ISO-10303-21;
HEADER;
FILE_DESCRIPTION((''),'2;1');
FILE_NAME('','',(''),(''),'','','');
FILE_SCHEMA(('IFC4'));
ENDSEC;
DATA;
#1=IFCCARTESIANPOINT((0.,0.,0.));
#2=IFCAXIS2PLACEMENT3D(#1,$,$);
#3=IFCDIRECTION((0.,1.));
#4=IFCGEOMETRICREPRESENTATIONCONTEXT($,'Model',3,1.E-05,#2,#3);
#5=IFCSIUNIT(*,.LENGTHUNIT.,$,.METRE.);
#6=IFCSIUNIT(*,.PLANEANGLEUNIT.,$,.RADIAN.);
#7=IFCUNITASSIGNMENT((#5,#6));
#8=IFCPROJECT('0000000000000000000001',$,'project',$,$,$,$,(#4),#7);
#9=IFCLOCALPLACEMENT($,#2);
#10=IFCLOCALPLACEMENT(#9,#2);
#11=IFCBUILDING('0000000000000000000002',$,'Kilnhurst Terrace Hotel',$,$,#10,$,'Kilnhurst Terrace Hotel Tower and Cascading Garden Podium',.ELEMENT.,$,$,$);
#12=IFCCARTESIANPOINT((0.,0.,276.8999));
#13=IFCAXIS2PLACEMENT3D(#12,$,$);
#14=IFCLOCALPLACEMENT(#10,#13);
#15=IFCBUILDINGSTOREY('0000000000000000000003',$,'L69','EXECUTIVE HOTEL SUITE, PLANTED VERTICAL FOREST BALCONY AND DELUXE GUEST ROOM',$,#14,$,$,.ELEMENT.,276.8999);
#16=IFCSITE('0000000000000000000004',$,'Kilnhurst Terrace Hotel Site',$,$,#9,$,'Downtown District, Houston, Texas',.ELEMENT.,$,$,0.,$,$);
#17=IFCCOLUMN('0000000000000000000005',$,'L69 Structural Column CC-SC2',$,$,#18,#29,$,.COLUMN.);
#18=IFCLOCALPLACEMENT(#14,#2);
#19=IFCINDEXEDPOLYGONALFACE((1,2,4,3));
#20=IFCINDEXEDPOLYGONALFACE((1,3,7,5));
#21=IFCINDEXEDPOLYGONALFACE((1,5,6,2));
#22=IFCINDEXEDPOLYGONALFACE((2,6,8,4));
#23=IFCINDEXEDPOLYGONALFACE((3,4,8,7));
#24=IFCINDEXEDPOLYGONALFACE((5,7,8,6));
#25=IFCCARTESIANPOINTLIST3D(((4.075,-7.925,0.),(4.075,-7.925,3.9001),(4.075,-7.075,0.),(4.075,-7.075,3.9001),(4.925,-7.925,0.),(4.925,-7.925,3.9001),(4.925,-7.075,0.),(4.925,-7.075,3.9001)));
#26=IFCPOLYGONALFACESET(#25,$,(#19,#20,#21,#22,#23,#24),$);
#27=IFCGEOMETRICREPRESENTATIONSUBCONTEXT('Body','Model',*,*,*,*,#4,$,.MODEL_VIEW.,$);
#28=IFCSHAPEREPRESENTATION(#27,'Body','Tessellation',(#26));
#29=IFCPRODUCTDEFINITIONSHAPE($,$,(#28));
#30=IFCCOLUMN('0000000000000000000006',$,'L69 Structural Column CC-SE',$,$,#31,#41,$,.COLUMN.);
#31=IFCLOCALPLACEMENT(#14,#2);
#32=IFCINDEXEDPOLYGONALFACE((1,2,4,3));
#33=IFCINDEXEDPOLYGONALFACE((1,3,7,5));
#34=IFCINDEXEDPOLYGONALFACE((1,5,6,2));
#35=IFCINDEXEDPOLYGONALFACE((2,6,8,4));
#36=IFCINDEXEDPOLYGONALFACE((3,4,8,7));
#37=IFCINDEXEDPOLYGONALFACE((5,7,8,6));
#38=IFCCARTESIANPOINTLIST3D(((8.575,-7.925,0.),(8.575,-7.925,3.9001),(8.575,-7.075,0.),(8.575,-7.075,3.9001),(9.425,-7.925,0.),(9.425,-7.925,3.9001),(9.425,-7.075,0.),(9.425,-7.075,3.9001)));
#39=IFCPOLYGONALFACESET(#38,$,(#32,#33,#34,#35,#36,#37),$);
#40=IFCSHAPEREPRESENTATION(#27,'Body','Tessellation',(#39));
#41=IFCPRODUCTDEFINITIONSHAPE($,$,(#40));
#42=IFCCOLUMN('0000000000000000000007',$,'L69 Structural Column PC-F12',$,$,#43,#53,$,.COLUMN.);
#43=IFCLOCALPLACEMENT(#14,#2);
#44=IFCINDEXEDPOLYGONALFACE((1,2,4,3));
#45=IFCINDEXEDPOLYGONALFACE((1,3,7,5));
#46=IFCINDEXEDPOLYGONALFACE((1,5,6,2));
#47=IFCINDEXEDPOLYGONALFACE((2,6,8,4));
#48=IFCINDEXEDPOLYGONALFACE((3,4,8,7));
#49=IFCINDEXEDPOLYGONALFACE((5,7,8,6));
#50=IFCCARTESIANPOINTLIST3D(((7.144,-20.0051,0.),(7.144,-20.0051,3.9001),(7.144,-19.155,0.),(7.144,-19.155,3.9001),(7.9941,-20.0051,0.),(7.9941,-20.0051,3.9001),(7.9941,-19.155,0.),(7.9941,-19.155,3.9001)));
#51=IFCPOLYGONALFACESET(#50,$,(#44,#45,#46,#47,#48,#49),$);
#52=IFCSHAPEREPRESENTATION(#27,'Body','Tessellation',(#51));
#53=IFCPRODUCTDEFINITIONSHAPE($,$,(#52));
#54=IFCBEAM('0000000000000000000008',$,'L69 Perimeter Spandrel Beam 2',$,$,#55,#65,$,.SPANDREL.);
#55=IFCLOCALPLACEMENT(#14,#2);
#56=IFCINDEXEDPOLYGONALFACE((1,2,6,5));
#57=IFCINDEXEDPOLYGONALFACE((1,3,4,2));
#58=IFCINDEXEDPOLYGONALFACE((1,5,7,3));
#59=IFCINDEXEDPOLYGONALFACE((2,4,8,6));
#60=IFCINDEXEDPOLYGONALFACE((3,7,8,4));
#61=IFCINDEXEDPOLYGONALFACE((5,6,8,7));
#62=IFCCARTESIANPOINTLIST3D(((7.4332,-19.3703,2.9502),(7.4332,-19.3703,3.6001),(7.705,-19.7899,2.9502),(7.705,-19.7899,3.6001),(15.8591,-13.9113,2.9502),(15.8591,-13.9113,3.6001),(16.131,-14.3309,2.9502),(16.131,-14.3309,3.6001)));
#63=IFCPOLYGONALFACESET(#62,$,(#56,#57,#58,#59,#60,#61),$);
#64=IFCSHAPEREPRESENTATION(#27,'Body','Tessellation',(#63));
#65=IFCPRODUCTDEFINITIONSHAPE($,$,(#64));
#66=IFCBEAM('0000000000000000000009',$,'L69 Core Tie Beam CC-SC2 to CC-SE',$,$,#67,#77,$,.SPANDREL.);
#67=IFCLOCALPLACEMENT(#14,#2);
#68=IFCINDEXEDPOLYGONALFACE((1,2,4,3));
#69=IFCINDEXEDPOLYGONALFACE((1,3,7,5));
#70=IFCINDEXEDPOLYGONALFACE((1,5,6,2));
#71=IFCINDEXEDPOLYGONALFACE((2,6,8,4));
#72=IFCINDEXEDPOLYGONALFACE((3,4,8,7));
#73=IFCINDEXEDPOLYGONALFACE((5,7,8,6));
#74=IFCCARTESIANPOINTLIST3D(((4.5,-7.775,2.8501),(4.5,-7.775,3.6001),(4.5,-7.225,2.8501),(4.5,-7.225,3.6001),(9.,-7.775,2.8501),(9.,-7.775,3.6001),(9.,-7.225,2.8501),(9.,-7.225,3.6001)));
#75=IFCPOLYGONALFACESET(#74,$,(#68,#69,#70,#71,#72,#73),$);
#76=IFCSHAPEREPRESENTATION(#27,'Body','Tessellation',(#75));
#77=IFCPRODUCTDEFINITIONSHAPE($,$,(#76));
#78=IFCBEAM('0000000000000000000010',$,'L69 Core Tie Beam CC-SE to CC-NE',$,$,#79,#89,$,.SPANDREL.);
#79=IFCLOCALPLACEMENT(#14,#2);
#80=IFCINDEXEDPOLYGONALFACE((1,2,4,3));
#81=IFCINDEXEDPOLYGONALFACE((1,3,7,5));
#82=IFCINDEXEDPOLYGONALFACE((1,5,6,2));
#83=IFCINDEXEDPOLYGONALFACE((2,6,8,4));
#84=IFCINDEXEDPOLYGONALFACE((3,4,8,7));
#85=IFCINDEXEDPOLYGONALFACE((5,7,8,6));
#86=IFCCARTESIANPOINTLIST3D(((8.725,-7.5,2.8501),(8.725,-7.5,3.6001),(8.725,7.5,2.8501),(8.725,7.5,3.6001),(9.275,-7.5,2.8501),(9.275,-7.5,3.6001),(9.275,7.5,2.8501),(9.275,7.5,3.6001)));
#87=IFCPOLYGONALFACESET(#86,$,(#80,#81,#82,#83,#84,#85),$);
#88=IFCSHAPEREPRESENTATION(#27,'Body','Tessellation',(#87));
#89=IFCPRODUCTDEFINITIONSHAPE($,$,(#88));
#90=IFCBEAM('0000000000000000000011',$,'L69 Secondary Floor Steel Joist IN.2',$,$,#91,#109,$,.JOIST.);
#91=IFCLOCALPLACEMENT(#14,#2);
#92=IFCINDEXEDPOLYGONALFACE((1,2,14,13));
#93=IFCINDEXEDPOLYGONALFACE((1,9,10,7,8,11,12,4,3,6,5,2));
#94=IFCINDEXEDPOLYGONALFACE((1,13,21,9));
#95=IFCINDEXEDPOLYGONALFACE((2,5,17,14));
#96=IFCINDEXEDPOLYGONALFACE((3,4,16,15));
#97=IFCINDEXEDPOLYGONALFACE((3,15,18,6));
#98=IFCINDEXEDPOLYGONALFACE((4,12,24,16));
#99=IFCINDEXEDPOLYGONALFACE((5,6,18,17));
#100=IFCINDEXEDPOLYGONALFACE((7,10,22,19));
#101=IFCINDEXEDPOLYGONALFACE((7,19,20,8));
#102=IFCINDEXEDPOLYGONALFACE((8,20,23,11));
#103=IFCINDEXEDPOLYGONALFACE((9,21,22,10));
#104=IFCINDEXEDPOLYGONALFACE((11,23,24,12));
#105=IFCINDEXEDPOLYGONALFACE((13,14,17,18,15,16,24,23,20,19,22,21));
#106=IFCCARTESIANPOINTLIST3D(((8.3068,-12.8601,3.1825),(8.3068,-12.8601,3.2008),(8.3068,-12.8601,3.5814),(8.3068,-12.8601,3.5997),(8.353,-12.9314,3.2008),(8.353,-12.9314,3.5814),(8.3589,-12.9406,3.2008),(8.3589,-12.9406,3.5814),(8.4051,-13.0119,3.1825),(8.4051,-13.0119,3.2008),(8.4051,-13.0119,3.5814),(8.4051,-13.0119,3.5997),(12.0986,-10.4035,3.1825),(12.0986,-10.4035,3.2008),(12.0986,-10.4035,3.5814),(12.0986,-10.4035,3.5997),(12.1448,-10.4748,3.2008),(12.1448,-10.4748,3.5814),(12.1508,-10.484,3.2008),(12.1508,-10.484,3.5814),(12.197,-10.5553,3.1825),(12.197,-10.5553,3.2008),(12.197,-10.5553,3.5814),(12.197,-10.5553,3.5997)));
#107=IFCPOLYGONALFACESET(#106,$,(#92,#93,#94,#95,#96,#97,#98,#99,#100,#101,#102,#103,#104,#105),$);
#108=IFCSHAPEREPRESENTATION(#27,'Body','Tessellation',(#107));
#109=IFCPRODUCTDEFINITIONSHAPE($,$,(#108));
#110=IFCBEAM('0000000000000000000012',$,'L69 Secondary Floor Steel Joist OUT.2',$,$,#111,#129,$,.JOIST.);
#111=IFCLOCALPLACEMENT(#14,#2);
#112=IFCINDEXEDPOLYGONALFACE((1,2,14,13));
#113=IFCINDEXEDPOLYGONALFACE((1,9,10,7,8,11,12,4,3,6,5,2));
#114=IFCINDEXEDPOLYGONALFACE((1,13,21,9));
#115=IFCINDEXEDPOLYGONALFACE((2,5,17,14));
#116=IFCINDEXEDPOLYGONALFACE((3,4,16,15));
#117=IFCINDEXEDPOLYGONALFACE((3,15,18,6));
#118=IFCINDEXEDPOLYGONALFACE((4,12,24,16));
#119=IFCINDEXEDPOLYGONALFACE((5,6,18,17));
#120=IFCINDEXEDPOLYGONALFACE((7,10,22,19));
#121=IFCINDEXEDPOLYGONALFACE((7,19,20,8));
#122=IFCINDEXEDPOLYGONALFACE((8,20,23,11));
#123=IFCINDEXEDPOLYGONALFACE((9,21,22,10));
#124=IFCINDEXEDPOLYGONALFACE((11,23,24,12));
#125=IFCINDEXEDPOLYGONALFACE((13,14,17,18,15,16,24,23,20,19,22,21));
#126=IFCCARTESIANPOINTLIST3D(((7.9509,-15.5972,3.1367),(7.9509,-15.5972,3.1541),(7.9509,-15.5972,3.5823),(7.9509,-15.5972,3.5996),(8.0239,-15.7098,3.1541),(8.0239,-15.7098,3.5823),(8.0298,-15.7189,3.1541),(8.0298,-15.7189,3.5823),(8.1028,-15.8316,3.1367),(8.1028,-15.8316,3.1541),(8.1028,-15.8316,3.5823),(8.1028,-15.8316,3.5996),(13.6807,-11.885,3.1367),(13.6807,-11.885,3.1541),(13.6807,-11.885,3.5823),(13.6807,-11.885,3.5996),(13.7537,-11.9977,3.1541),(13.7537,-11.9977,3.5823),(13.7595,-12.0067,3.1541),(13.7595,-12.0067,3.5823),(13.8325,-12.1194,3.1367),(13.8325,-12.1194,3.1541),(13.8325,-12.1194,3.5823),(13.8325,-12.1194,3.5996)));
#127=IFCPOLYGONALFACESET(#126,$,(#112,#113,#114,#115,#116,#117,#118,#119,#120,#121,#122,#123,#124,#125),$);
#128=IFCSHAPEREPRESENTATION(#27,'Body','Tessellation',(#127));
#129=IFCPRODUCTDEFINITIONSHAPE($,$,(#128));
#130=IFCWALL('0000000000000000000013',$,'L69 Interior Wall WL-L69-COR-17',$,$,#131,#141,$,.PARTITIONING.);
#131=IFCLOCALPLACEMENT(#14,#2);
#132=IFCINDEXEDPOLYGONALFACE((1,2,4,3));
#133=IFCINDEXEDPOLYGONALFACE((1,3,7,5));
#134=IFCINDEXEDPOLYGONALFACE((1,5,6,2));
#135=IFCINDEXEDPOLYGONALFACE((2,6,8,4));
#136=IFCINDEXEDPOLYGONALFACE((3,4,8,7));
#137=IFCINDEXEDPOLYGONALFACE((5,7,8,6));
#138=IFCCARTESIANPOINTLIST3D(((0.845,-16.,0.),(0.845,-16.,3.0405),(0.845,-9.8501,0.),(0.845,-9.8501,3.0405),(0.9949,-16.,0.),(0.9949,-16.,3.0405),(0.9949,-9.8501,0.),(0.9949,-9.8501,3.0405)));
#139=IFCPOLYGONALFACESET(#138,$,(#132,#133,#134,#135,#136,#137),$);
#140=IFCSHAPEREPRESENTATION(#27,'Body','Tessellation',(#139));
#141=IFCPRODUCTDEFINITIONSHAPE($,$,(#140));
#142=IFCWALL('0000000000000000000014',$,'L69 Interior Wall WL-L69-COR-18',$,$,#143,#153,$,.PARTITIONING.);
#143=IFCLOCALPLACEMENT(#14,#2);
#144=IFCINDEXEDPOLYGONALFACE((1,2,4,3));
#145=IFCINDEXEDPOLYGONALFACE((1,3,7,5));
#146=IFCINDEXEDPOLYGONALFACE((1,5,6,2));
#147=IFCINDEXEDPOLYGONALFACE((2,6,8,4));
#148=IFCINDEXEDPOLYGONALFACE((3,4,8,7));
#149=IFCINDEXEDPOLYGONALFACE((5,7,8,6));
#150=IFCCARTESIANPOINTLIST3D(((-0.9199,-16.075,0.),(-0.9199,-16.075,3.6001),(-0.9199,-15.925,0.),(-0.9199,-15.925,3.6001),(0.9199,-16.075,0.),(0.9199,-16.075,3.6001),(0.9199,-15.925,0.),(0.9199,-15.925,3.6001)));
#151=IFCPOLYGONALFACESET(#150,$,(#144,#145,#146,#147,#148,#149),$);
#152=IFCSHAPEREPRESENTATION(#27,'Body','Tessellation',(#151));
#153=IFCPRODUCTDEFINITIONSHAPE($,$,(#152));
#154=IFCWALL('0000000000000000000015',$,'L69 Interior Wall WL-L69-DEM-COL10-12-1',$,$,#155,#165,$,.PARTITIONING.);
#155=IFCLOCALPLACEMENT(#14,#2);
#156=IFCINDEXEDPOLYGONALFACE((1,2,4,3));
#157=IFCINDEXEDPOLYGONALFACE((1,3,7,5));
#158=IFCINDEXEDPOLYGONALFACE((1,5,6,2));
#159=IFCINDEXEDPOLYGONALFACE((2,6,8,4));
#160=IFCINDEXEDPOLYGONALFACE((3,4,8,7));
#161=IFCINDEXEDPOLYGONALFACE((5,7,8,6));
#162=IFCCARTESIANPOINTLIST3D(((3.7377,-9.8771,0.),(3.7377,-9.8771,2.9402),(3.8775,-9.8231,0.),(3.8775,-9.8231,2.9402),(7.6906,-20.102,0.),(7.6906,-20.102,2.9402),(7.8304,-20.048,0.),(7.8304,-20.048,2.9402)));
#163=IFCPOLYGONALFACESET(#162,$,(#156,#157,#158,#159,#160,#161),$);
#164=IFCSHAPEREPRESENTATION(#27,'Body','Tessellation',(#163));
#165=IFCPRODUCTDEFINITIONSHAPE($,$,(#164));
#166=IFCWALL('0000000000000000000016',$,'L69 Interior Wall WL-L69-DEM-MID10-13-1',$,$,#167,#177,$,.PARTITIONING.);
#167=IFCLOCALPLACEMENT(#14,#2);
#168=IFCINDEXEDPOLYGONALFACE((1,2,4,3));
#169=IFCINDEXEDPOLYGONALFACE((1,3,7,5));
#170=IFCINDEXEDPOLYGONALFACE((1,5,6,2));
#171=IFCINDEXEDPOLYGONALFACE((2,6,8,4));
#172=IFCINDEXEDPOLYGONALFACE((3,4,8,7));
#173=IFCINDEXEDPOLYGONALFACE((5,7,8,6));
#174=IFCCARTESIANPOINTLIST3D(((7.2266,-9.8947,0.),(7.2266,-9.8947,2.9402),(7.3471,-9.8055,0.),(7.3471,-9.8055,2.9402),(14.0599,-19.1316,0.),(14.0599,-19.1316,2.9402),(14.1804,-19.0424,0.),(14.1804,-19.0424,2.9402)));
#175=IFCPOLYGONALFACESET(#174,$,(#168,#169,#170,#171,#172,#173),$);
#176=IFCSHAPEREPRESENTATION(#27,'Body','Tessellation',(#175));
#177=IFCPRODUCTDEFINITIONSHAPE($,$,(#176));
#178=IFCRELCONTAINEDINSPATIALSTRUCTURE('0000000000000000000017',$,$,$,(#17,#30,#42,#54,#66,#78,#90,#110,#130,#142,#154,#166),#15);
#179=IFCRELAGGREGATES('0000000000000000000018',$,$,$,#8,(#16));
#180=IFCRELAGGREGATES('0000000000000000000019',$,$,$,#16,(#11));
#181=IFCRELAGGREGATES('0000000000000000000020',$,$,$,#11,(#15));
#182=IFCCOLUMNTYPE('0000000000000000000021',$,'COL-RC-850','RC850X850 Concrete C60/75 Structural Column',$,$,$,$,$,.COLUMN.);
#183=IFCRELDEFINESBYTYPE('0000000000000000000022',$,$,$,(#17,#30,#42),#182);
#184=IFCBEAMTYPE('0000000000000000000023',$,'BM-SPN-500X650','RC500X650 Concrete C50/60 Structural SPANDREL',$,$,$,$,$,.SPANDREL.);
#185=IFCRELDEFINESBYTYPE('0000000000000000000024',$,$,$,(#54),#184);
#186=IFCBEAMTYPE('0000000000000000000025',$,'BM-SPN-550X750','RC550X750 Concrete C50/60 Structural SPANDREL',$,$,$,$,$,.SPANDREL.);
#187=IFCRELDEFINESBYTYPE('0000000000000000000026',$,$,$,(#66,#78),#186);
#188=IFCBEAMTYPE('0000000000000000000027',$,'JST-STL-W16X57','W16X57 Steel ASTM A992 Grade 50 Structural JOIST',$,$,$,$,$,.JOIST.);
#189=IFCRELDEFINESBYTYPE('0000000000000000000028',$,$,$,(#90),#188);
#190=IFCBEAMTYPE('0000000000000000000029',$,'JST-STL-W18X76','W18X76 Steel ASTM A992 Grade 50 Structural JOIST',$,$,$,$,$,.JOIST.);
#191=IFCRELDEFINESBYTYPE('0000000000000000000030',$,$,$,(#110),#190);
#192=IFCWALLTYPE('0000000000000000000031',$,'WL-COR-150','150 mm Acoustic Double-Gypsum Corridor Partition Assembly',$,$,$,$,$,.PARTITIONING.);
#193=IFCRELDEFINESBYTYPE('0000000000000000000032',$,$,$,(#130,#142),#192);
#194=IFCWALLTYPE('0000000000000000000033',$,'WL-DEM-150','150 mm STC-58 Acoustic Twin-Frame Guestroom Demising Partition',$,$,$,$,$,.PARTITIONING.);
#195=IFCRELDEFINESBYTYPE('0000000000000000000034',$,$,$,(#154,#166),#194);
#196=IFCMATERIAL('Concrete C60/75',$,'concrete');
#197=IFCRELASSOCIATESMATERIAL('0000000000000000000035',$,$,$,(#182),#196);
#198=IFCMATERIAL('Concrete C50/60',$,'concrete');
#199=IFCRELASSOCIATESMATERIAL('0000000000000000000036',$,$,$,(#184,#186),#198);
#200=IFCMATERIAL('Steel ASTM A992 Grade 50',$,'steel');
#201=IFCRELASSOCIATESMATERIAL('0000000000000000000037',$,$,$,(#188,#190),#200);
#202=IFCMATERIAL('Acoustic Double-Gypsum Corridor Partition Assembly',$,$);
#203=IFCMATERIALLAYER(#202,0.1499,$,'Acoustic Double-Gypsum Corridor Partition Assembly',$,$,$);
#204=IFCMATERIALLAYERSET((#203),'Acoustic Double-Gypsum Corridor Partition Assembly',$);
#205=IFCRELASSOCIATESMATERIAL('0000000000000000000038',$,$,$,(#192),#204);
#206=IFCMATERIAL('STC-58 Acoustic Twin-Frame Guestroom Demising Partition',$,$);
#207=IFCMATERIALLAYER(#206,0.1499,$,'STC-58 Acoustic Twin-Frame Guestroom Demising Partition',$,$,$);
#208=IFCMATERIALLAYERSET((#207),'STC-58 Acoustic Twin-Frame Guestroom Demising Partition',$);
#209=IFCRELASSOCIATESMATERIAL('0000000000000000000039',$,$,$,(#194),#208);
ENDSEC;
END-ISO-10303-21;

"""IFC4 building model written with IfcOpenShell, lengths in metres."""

from ifc_helpers import new_model, si_unit, direction, frame, frame_2d, origin, origin_2d, place, context, subcontext, project, spatial, rectangle, i_section, extrude, material, layer, layer_set, material_profile, profile_set, type_object, element, save


model = new_model("IFC4")

# Units and contexts
model_context = context("Model", 3, precision=1e-05, world=origin(), true_north=direction((0.0, 1.0)))
body_context = subcontext(model_context, "Body", "Model", "MODEL_VIEW")
ifc_project = project(units=[si_unit("LENGTHUNIT", "METRE"), si_unit("PLANEANGLEUNIT", "RADIAN")], contexts=[model_context])

# Site, building, storey
site_placement = place(None, origin())
site = spatial("IfcSite", under=ifc_project, at=site_placement, Name="Kilnhurst Terrace Hotel Site", LongName="Downtown District, Houston, Texas", CompositionType="ELEMENT", RefElevation=0.0)
building_placement = place(site_placement, origin())
building = spatial("IfcBuilding", under=site, at=building_placement, Name="Kilnhurst Terrace Hotel", LongName="Kilnhurst Terrace Hotel Tower and Cascading Garden Podium", CompositionType="ELEMENT")
storey_placement = place(building_placement, frame((0.0, 0.0, 276.8999)))
storey = spatial("IfcBuildingStorey", under=building, at=storey_placement, Name="L69", Description="EXECUTIVE HOTEL SUITE, PLANTED VERTICAL FOREST BALCONY AND DELUXE GUEST ROOM", CompositionType="ELEMENT", Elevation=276.8999)

# Columns
ifc_material_1 = material(Name="Concrete C60/75", Category="concrete")
ifc_material_profile_1 = material_profile(ifc_material_1, rectangle(XDim=0.8501, YDim=0.8501, at=origin_2d()), Name="RC850X850")
ifc_profile_set_1 = profile_set([ifc_material_profile_1], Name="Concrete C60/75")
column_type = type_object("IfcColumnType", Name="COL-RC-850", Description="RC850X850 Concrete C60/75 Structural Column", PredefinedType="COLUMN", material=ifc_profile_set_1)
for number, where, z_axis, x_axis, name in (
    (1, (4.5, -7.5, 0.0), (0.0, 0.0, 1.0), (1.0, 0.0, 0.0), "L69 Structural Column CC-SC2"),
    (2, (9.0, -7.5, 0.0), (0.0, 0.0, 1.0), (1.0, 0.0, 0.0), "L69 Structural Column CC-SE"),
    (3, (7.5691, -19.5801, 0.0), (0.0, 0.0, 1.0), (1.0, 0.0, 0.0), "L69 Structural Column PC-F12"),
):
    element("IfcColumn", number, at=place(storey_placement, frame(where, z_axis=z_axis, x_axis=x_axis)), inside=storey, type_object=column_type, Name=name, PredefinedType="COLUMN", context=body_context, shape_type="SweptSolid", body=[
        extrude(rectangle(XDim=0.8501, YDim=0.8501, at=origin_2d()), origin(), (0.0, 0.0, 1.0), 3.9001),
    ])

# Beams
ifc_material_2 = material(Name="Concrete C50/60", Category="concrete")
ifc_material_profile_2 = material_profile(ifc_material_2, rectangle(XDim=0.5, YDim=0.6499, at=origin_2d()), Name="RC500X650")
ifc_profile_set_2 = profile_set([ifc_material_profile_2], Name="Concrete C50/60")
beam_type_1 = type_object("IfcBeamType", Name="BM-SPN-500X650", Description="RC500X650 Concrete C50/60 Structural SPANDREL", PredefinedType="SPANDREL", material=ifc_profile_set_2)
beam_1_placement = place(storey_placement, frame((7.5691, -19.5801, 3.2751), z_axis=(0.839259, 0.543732, 0.0), x_axis=(-0.543732, 0.839259, 0.0)))
element("IfcBeam", 4, at=beam_1_placement, inside=storey, type_object=beam_type_1, Name="L69 Perimeter Spandrel Beam 2", PredefinedType="SPANDREL", context=body_context, shape_type="SweptSolid", body=[
    extrude(rectangle(XDim=0.5, YDim=0.6499, at=origin_2d()), origin(), (0.0, 0.0, 1.0), 10.0398),
])
ifc_material_profile_3 = material_profile(ifc_material_2, rectangle(XDim=0.55, YDim=0.75, at=origin_2d()), Name="RC550X750")
ifc_profile_set_3 = profile_set([ifc_material_profile_3], Name="Concrete C50/60")
beam_type_2 = type_object("IfcBeamType", Name="BM-SPN-550X750", Description="RC550X750 Concrete C50/60 Structural SPANDREL", PredefinedType="SPANDREL", material=ifc_profile_set_3)
beam_2_placement = place(storey_placement, frame((4.5, -7.5, 3.2251), z_axis=(1.0, 0.0, 0.0), x_axis=(0.0, 1.0, 0.0)))
element("IfcBeam", 5, at=beam_2_placement, inside=storey, type_object=beam_type_2, Name="L69 Core Tie Beam CC-SC2 to CC-SE", PredefinedType="SPANDREL", context=body_context, shape_type="SweptSolid", body=[
    extrude(rectangle(XDim=0.55, YDim=0.75, at=origin_2d()), origin(), (0.0, 0.0, 1.0), 4.5),
])
beam_3_placement = place(storey_placement, frame((9.0, -7.5, 3.2251), z_axis=(0.0, 1.0, 0.0), x_axis=(-1.0, 0.0, 0.0)))
element("IfcBeam", 6, at=beam_3_placement, inside=storey, type_object=beam_type_2, Name="L69 Core Tie Beam CC-SE to CC-NE", PredefinedType="SPANDREL", context=body_context, shape_type="SweptSolid", body=[
    extrude(rectangle(XDim=0.55, YDim=0.75, at=origin_2d()), origin(), (0.0, 0.0, 1.0), 15.0),
])
ifc_material_3 = material(Name="Steel ASTM A992 Grade 50", Category="steel")
ifc_material_profile_4 = material_profile(ifc_material_3, i_section(OverallWidth=0.1809, OverallDepth=0.4172, WebThickness=0.011, FlangeThickness=0.0183, at=origin_2d()), Name="W16X57")
ifc_profile_set_4 = profile_set([ifc_material_profile_4], Name="Steel ASTM A992 Grade 50")
beam_type_3 = type_object("IfcBeamType", Name="JST-STL-W16X57", Description="W16X57 Steel ASTM A992 Grade 50 Structural JOIST", PredefinedType="JOIST", material=ifc_profile_set_4)
beam_4_placement = place(storey_placement, frame((8.356, -12.936, 3.3911), z_axis=(0.839261, 0.543728, 0.0), x_axis=(-0.543728, 0.839261, 0.0)))
element("IfcBeam", 7, at=beam_4_placement, inside=storey, type_object=beam_type_3, Name="L69 Secondary Floor Steel Joist IN.2", PredefinedType="JOIST", context=body_context, shape_type="SweptSolid", body=[
    extrude(i_section(OverallWidth=0.1809, OverallDepth=0.4172, WebThickness=0.011, FlangeThickness=0.0183, at=origin_2d()), origin(), (0.0, 0.0, 1.0), 4.5181),
])
ifc_material_profile_5 = material_profile(ifc_material_3, i_section(OverallWidth=0.2793, OverallDepth=0.4629, WebThickness=0.0107, FlangeThickness=0.0173, at=origin_2d()), Name="W18X76")
ifc_profile_set_5 = profile_set([ifc_material_profile_5], Name="Steel ASTM A992 Grade 50")
beam_type_4 = type_object("IfcBeamType", Name="JST-STL-W18X76", Description="W18X76 Steel ASTM A992 Grade 50 Structural JOIST", PredefinedType="JOIST", material=ifc_profile_set_5)
beam_5_placement = place(storey_placement, frame((8.0269, -15.7144, 3.3682), z_axis=(0.839257, 0.543735, 0.0), x_axis=(-0.543735, 0.839257, 0.0)))
element("IfcBeam", 8, at=beam_5_placement, inside=storey, type_object=beam_type_4, Name="L69 Secondary Floor Steel Joist OUT.2", PredefinedType="JOIST", context=body_context, shape_type="SweptSolid", body=[
    extrude(i_section(OverallWidth=0.2793, OverallDepth=0.4629, WebThickness=0.0107, FlangeThickness=0.0173, at=origin_2d()), origin(), (0.0, 0.0, 1.0), 6.8271),
])

# Walls
ifc_material_4 = material(Name="Acoustic Double-Gypsum Corridor Partition Assembly")
ifc_layer_1 = layer(ifc_material_4, 0.1499, Name="Acoustic Double-Gypsum Corridor Partition Assembly")
ifc_layer_set_1 = layer_set([ifc_layer_1], Name="Acoustic Double-Gypsum Corridor Partition Assembly")
wall_type_1 = type_object("IfcWallType", Name="WL-COR-150", Description="150 mm Acoustic Double-Gypsum Corridor Partition Assembly", PredefinedType="PARTITIONING", material=ifc_layer_set_1)
wall_1_placement = place(storey_placement, frame((0.9199, -9.8501, 0.0), z_axis=(0.0, 0.0, 1.0), x_axis=(0.0, -1.0, 0.0)))
element("IfcWall", 9, at=wall_1_placement, inside=storey, type_object=wall_type_1, Name="L69 Interior Wall WL-L69-COR-17", PredefinedType="PARTITIONING", context=body_context, shape_type="SweptSolid", body=[
    extrude(rectangle(XDim=6.1499, YDim=0.1499, at=frame_2d((3.075, 0.0))), origin(), (0.0, 0.0, 1.0), 3.0405),
])
wall_2_placement = place(storey_placement, frame((0.9199, -16.0, 0.0), z_axis=(0.0, 0.0, 1.0), x_axis=(-1.0, 0.0, 0.0)))
element("IfcWall", 10, at=wall_2_placement, inside=storey, type_object=wall_type_1, Name="L69 Interior Wall WL-L69-COR-18", PredefinedType="PARTITIONING", context=body_context, shape_type="SweptSolid", body=[
    extrude(rectangle(XDim=1.8398, YDim=0.1499, at=frame_2d((0.9199, 0.0))), origin(), (0.0, 0.0, 1.0), 3.6001),
])
ifc_material_5 = material(Name="STC-58 Acoustic Twin-Frame Guestroom Demising Partition")
ifc_layer_2 = layer(ifc_material_5, 0.1499, Name="STC-58 Acoustic Twin-Frame Guestroom Demising Partition")
ifc_layer_set_2 = layer_set([ifc_layer_2], Name="STC-58 Acoustic Twin-Frame Guestroom Demising Partition")
wall_type_2 = type_object("IfcWallType", Name="WL-DEM-150", Description="150 mm STC-58 Acoustic Twin-Frame Guestroom Demising Partition", PredefinedType="PARTITIONING", material=ifc_layer_set_2)
wall_3_placement = place(storey_placement, frame((3.8076, -9.8501, 0.0), z_axis=(0.0, 0.0, 1.0), x_axis=(0.360587, -0.932725, 0.0)))
element("IfcWall", 11, at=wall_3_placement, inside=storey, type_object=wall_type_2, Name="L69 Interior Wall WL-L69-DEM-COL10-12-1", PredefinedType="PARTITIONING", context=body_context, shape_type="SweptSolid", body=[
    extrude(rectangle(XDim=10.9624, YDim=0.1499, at=frame_2d((5.4812, 0.0))), origin(), (0.0, 0.0, 1.0), 2.9402),
])
wall_4_placement = place(storey_placement, frame((7.2869, -9.8501, 0.0), z_axis=(0.0, 0.0, 1.0), x_axis=(0.594731, -0.803925, 0.0)))
element("IfcWall", 12, at=wall_4_placement, inside=storey, type_object=wall_type_2, Name="L69 Interior Wall WL-L69-DEM-MID10-13-1", PredefinedType="PARTITIONING", context=body_context, shape_type="SweptSolid", body=[
    extrude(rectangle(XDim=11.4897, YDim=0.1499, at=frame_2d((5.7449, 0.0))), origin(), (0.0, 0.0, 1.0), 2.9402),
])

save(model, "model.ifc")
